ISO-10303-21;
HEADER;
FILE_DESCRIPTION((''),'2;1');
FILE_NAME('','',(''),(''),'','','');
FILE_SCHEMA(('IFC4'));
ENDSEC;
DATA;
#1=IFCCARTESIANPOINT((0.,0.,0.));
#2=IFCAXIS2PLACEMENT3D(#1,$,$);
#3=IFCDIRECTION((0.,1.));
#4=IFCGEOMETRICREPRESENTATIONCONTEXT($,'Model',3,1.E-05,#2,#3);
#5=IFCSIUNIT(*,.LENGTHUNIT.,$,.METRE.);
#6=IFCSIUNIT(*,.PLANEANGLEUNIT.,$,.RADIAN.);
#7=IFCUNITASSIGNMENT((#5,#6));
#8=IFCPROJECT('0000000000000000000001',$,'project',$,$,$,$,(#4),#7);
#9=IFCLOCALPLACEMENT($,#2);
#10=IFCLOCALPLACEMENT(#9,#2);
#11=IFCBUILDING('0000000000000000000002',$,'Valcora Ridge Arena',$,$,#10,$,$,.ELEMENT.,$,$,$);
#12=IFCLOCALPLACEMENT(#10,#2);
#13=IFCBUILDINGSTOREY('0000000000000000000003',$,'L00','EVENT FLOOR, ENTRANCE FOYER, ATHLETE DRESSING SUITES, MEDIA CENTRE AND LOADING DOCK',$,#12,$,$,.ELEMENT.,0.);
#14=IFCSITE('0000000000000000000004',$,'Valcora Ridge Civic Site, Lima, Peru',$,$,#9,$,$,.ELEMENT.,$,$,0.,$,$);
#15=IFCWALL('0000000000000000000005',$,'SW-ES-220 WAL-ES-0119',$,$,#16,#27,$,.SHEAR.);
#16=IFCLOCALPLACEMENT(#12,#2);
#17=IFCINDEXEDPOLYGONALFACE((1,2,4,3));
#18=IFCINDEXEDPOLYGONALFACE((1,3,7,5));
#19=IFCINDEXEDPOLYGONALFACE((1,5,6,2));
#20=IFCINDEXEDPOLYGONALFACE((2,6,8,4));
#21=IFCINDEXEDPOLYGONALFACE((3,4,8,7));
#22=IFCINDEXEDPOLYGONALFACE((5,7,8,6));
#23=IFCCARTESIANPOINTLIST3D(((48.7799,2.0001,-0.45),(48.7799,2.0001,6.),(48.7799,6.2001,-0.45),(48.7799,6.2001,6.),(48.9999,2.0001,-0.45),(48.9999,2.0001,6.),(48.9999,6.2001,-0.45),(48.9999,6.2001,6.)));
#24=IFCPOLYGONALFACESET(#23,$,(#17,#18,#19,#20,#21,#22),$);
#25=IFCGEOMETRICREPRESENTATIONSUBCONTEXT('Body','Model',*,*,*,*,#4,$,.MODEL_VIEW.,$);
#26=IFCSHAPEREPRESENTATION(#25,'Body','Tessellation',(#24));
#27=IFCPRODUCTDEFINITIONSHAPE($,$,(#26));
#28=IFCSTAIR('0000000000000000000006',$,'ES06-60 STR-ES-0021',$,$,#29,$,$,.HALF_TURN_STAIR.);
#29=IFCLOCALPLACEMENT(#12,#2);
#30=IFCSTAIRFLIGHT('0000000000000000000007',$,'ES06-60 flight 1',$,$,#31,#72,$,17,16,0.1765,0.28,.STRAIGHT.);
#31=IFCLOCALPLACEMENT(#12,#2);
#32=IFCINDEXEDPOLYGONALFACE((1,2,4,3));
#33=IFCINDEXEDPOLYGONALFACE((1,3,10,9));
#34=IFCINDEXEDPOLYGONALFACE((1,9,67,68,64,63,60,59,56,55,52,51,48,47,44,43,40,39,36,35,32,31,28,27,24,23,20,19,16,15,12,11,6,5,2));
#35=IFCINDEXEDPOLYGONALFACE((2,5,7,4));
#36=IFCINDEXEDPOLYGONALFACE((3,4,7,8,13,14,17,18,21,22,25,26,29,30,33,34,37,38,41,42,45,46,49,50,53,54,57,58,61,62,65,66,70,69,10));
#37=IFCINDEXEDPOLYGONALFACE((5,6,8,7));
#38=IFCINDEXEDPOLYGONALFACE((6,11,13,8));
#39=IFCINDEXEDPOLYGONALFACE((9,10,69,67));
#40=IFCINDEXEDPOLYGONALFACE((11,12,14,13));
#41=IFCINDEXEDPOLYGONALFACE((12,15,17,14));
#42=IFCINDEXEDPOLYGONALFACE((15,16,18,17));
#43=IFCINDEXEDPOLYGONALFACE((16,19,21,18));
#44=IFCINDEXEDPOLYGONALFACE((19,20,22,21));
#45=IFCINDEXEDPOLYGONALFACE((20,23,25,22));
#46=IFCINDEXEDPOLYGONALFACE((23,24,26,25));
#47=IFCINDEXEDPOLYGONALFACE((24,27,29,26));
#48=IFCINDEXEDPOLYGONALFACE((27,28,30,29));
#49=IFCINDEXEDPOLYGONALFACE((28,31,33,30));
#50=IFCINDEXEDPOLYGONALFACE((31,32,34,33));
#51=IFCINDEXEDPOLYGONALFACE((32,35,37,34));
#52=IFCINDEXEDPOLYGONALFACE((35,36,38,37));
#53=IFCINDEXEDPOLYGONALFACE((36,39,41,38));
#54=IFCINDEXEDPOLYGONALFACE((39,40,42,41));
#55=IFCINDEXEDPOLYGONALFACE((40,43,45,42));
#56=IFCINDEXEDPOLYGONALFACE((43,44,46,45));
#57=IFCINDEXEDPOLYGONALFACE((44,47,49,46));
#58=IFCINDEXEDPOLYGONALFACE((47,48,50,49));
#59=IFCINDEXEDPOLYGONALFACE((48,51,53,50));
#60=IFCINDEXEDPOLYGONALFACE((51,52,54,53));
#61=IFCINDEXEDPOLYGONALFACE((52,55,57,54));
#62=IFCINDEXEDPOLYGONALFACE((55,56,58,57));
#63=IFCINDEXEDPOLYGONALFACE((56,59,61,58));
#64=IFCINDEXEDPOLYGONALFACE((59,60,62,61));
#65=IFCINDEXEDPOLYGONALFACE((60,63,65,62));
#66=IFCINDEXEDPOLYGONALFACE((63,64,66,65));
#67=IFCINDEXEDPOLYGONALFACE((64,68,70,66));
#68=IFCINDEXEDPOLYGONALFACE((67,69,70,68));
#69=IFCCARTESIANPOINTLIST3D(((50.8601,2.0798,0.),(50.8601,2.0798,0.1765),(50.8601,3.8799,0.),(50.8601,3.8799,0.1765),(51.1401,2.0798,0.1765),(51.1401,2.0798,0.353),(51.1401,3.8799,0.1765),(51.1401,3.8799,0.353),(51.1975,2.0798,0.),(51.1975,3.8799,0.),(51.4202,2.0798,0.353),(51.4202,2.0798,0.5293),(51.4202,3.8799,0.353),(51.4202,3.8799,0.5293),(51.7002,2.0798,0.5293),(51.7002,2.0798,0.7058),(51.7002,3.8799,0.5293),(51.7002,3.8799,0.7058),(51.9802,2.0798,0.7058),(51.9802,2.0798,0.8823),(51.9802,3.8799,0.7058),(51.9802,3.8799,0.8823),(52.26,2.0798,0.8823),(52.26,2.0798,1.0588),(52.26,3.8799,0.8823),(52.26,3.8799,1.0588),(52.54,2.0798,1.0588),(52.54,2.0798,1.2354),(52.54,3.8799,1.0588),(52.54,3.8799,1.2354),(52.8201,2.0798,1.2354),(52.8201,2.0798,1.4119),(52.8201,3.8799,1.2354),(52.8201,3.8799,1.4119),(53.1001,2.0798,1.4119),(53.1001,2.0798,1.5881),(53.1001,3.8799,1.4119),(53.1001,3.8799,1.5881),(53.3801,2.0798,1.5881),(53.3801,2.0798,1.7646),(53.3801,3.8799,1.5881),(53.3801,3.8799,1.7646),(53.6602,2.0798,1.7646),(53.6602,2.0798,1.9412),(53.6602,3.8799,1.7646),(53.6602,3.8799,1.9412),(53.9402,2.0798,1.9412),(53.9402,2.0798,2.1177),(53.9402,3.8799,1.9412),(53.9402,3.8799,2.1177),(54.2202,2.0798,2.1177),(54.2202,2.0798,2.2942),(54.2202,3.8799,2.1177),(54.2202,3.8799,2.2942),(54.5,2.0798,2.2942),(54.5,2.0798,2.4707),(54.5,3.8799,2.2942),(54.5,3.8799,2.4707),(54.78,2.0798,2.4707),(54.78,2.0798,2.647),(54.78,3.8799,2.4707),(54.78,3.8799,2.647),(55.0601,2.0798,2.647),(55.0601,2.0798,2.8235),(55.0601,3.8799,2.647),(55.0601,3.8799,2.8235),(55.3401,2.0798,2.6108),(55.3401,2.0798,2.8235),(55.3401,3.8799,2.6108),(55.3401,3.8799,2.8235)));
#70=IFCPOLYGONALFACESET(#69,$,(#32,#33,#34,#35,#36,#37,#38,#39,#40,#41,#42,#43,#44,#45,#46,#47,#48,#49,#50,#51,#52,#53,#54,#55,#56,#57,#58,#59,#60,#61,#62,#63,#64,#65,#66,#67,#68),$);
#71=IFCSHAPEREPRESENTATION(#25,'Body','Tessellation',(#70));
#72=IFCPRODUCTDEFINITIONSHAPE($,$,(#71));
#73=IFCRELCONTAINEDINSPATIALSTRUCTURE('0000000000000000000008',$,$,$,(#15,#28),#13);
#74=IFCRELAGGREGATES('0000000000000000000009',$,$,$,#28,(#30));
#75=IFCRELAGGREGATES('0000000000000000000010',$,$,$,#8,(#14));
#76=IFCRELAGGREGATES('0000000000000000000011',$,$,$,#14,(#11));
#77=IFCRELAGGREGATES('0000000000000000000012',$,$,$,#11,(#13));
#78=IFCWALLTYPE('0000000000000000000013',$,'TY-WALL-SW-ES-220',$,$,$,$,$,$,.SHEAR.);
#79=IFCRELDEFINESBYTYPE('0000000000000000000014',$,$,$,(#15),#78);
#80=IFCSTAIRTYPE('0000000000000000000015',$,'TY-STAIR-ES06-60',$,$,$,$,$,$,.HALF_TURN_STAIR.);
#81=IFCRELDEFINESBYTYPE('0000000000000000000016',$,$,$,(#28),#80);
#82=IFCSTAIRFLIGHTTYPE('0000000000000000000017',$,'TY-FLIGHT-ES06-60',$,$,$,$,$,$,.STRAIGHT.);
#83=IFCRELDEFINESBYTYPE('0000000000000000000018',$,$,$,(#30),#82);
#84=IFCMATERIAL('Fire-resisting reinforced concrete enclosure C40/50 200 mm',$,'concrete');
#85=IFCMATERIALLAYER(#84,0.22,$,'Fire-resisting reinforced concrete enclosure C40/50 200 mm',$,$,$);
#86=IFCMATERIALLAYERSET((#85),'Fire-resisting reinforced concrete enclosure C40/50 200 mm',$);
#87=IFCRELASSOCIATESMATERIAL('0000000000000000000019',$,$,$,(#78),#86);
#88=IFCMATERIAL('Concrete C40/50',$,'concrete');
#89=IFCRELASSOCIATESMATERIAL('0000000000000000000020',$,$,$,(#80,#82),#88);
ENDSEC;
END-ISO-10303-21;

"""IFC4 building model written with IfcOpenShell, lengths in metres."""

from ifc_helpers import new_model, si_unit, direction, frame, frame_2d, origin, place, context, subcontext, project, spatial, polyline, rectangle, outline, extrude, material, layer, layer_set, type_object, element, aggregate, save


model = new_model("IFC4")

# Units and contexts
model_context = context("Model", 3, precision=1e-05, world=origin(), true_north=direction((0.0, 1.0)))
body_context = subcontext(model_context, "Body", "Model", "MODEL_VIEW")
ifc_project = project(units=[si_unit("LENGTHUNIT", "METRE"), si_unit("PLANEANGLEUNIT", "RADIAN")], contexts=[model_context])

# Site, building, storey
site_placement = place(None, origin())
site = spatial("IfcSite", under=ifc_project, at=site_placement, Name="Valcora Ridge Civic Site, Lima, Peru", CompositionType="ELEMENT", RefElevation=0.0)
building_placement = place(site_placement, origin())
building = spatial("IfcBuilding", under=site, at=building_placement, Name="Valcora Ridge Arena", CompositionType="ELEMENT")
storey_placement = place(building_placement, origin())
storey = spatial("IfcBuildingStorey", under=building, at=storey_placement, Name="L00", Description="EVENT FLOOR, ENTRANCE FOYER, ATHLETE DRESSING SUITES, MEDIA CENTRE AND LOADING DOCK", CompositionType="ELEMENT", Elevation=0.0)

# Shared definitions
ifc_material_1 = material(Name="Concrete C40/50", Category="concrete")
ifc_material_2 = material(Name="Fire-resisting reinforced concrete enclosure C40/50 200 mm", Category="concrete")

# Shared definitions
ifc_layer_1 = layer(ifc_material_2, 0.22, Name="Fire-resisting reinforced concrete enclosure C40/50 200 mm")
ifc_layer_set_1 = layer_set([ifc_layer_1], Name="Fire-resisting reinforced concrete enclosure C40/50 200 mm")
wall_type_1 = type_object("IfcWallType", Name="TY-WALL-SW-ES-220", PredefinedType="SHEAR", material=ifc_layer_set_1)

# Wall
wall_1_placement = place(storey_placement, frame((48.8899, 2.0, -0.45), z_axis=(0.0, 0.0, 1.0), x_axis=(0.0, 1.0, 0.0)))
element("IfcWall", 1, at=wall_1_placement, inside=storey, type_object=wall_type_1, Name="SW-ES-220 WAL-ES-0119", PredefinedType="SHEAR", context=body_context, shape_type="SweptSolid", body=[
    extrude(rectangle(XDim=4.2, YDim=0.22, at=frame_2d((2.1001, 0.0))), origin(), (0.0, 0.0, 1.0), 6.45),
])

# Stair, stair flight
stair_type = type_object("IfcStairType", Name="TY-STAIR-ES06-60", PredefinedType="HALF_TURN_STAIR", material=ifc_material_1)
stair_placement = place(storey_placement, origin())
stair = element("IfcStair", 2, at=stair_placement, inside=storey, type_object=stair_type, Name="ES06-60 STR-ES-0021", PredefinedType="HALF_TURN_STAIR")
stair_flight_type = type_object("IfcStairFlightType", Name="TY-FLIGHT-ES06-60", PredefinedType="STRAIGHT", material=ifc_material_1)
stair_flight_placement = place(storey_placement, frame((50.8601, 2.98, 0.0), z_axis=(0.0, 0.0, 1.0), x_axis=(1.0, 0.0, 0.0)))
stair_flight = element("IfcStairFlight", 3, at=stair_flight_placement, type_object=stair_flight_type, Name="ES06-60 flight 1", NumberOfRisers=17, NumberOfTreads=16, PredefinedType="STRAIGHT", RiserHeight=0.1765, TreadLength=0.28, context=body_context, shape_type="SweptSolid", body=[
    extrude(outline(polyline([(0.0, 0.0), (0.0, 0.1765), (0.28, 0.1765), (0.28, 0.353), (0.5601, 0.353), (0.5601, 0.5293), (0.8401, 0.5293), (0.8401, 0.7058), (1.1201, 0.7058), (1.1201, 0.8823), (1.3999, 0.8823), (1.3999, 1.0588), (1.6799, 1.0588), (1.6799, 1.2354), (1.96, 1.2354), (1.96, 1.4119), (2.24, 1.4119), (2.24, 1.5881), (2.52, 1.5881), (2.52, 1.7646), (2.8, 1.7646), (2.8, 1.9412), (3.0801, 1.9412), (3.0801, 2.1177), (3.3601, 2.1177), (3.3601, 2.2942), (3.6399, 2.2942), (3.6399, 2.4707), (3.9199, 2.4707), (3.9199, 2.647), (4.2, 2.647), (4.2, 2.8235), (4.48, 2.8235), (4.48, 3.0), (4.48, 2.6108), (0.3374, 0.0), (0.0, 0.0)])), frame((0.0, 0.8999, 0.0), z_axis=(0.0, -1.0, 0.0), x_axis=(1.0, 0.0, 0.0)), (0.0, 0.0, 1.0), 1.8),
])
aggregate(stair, [stair_flight])

save(model, "model.ifc")
